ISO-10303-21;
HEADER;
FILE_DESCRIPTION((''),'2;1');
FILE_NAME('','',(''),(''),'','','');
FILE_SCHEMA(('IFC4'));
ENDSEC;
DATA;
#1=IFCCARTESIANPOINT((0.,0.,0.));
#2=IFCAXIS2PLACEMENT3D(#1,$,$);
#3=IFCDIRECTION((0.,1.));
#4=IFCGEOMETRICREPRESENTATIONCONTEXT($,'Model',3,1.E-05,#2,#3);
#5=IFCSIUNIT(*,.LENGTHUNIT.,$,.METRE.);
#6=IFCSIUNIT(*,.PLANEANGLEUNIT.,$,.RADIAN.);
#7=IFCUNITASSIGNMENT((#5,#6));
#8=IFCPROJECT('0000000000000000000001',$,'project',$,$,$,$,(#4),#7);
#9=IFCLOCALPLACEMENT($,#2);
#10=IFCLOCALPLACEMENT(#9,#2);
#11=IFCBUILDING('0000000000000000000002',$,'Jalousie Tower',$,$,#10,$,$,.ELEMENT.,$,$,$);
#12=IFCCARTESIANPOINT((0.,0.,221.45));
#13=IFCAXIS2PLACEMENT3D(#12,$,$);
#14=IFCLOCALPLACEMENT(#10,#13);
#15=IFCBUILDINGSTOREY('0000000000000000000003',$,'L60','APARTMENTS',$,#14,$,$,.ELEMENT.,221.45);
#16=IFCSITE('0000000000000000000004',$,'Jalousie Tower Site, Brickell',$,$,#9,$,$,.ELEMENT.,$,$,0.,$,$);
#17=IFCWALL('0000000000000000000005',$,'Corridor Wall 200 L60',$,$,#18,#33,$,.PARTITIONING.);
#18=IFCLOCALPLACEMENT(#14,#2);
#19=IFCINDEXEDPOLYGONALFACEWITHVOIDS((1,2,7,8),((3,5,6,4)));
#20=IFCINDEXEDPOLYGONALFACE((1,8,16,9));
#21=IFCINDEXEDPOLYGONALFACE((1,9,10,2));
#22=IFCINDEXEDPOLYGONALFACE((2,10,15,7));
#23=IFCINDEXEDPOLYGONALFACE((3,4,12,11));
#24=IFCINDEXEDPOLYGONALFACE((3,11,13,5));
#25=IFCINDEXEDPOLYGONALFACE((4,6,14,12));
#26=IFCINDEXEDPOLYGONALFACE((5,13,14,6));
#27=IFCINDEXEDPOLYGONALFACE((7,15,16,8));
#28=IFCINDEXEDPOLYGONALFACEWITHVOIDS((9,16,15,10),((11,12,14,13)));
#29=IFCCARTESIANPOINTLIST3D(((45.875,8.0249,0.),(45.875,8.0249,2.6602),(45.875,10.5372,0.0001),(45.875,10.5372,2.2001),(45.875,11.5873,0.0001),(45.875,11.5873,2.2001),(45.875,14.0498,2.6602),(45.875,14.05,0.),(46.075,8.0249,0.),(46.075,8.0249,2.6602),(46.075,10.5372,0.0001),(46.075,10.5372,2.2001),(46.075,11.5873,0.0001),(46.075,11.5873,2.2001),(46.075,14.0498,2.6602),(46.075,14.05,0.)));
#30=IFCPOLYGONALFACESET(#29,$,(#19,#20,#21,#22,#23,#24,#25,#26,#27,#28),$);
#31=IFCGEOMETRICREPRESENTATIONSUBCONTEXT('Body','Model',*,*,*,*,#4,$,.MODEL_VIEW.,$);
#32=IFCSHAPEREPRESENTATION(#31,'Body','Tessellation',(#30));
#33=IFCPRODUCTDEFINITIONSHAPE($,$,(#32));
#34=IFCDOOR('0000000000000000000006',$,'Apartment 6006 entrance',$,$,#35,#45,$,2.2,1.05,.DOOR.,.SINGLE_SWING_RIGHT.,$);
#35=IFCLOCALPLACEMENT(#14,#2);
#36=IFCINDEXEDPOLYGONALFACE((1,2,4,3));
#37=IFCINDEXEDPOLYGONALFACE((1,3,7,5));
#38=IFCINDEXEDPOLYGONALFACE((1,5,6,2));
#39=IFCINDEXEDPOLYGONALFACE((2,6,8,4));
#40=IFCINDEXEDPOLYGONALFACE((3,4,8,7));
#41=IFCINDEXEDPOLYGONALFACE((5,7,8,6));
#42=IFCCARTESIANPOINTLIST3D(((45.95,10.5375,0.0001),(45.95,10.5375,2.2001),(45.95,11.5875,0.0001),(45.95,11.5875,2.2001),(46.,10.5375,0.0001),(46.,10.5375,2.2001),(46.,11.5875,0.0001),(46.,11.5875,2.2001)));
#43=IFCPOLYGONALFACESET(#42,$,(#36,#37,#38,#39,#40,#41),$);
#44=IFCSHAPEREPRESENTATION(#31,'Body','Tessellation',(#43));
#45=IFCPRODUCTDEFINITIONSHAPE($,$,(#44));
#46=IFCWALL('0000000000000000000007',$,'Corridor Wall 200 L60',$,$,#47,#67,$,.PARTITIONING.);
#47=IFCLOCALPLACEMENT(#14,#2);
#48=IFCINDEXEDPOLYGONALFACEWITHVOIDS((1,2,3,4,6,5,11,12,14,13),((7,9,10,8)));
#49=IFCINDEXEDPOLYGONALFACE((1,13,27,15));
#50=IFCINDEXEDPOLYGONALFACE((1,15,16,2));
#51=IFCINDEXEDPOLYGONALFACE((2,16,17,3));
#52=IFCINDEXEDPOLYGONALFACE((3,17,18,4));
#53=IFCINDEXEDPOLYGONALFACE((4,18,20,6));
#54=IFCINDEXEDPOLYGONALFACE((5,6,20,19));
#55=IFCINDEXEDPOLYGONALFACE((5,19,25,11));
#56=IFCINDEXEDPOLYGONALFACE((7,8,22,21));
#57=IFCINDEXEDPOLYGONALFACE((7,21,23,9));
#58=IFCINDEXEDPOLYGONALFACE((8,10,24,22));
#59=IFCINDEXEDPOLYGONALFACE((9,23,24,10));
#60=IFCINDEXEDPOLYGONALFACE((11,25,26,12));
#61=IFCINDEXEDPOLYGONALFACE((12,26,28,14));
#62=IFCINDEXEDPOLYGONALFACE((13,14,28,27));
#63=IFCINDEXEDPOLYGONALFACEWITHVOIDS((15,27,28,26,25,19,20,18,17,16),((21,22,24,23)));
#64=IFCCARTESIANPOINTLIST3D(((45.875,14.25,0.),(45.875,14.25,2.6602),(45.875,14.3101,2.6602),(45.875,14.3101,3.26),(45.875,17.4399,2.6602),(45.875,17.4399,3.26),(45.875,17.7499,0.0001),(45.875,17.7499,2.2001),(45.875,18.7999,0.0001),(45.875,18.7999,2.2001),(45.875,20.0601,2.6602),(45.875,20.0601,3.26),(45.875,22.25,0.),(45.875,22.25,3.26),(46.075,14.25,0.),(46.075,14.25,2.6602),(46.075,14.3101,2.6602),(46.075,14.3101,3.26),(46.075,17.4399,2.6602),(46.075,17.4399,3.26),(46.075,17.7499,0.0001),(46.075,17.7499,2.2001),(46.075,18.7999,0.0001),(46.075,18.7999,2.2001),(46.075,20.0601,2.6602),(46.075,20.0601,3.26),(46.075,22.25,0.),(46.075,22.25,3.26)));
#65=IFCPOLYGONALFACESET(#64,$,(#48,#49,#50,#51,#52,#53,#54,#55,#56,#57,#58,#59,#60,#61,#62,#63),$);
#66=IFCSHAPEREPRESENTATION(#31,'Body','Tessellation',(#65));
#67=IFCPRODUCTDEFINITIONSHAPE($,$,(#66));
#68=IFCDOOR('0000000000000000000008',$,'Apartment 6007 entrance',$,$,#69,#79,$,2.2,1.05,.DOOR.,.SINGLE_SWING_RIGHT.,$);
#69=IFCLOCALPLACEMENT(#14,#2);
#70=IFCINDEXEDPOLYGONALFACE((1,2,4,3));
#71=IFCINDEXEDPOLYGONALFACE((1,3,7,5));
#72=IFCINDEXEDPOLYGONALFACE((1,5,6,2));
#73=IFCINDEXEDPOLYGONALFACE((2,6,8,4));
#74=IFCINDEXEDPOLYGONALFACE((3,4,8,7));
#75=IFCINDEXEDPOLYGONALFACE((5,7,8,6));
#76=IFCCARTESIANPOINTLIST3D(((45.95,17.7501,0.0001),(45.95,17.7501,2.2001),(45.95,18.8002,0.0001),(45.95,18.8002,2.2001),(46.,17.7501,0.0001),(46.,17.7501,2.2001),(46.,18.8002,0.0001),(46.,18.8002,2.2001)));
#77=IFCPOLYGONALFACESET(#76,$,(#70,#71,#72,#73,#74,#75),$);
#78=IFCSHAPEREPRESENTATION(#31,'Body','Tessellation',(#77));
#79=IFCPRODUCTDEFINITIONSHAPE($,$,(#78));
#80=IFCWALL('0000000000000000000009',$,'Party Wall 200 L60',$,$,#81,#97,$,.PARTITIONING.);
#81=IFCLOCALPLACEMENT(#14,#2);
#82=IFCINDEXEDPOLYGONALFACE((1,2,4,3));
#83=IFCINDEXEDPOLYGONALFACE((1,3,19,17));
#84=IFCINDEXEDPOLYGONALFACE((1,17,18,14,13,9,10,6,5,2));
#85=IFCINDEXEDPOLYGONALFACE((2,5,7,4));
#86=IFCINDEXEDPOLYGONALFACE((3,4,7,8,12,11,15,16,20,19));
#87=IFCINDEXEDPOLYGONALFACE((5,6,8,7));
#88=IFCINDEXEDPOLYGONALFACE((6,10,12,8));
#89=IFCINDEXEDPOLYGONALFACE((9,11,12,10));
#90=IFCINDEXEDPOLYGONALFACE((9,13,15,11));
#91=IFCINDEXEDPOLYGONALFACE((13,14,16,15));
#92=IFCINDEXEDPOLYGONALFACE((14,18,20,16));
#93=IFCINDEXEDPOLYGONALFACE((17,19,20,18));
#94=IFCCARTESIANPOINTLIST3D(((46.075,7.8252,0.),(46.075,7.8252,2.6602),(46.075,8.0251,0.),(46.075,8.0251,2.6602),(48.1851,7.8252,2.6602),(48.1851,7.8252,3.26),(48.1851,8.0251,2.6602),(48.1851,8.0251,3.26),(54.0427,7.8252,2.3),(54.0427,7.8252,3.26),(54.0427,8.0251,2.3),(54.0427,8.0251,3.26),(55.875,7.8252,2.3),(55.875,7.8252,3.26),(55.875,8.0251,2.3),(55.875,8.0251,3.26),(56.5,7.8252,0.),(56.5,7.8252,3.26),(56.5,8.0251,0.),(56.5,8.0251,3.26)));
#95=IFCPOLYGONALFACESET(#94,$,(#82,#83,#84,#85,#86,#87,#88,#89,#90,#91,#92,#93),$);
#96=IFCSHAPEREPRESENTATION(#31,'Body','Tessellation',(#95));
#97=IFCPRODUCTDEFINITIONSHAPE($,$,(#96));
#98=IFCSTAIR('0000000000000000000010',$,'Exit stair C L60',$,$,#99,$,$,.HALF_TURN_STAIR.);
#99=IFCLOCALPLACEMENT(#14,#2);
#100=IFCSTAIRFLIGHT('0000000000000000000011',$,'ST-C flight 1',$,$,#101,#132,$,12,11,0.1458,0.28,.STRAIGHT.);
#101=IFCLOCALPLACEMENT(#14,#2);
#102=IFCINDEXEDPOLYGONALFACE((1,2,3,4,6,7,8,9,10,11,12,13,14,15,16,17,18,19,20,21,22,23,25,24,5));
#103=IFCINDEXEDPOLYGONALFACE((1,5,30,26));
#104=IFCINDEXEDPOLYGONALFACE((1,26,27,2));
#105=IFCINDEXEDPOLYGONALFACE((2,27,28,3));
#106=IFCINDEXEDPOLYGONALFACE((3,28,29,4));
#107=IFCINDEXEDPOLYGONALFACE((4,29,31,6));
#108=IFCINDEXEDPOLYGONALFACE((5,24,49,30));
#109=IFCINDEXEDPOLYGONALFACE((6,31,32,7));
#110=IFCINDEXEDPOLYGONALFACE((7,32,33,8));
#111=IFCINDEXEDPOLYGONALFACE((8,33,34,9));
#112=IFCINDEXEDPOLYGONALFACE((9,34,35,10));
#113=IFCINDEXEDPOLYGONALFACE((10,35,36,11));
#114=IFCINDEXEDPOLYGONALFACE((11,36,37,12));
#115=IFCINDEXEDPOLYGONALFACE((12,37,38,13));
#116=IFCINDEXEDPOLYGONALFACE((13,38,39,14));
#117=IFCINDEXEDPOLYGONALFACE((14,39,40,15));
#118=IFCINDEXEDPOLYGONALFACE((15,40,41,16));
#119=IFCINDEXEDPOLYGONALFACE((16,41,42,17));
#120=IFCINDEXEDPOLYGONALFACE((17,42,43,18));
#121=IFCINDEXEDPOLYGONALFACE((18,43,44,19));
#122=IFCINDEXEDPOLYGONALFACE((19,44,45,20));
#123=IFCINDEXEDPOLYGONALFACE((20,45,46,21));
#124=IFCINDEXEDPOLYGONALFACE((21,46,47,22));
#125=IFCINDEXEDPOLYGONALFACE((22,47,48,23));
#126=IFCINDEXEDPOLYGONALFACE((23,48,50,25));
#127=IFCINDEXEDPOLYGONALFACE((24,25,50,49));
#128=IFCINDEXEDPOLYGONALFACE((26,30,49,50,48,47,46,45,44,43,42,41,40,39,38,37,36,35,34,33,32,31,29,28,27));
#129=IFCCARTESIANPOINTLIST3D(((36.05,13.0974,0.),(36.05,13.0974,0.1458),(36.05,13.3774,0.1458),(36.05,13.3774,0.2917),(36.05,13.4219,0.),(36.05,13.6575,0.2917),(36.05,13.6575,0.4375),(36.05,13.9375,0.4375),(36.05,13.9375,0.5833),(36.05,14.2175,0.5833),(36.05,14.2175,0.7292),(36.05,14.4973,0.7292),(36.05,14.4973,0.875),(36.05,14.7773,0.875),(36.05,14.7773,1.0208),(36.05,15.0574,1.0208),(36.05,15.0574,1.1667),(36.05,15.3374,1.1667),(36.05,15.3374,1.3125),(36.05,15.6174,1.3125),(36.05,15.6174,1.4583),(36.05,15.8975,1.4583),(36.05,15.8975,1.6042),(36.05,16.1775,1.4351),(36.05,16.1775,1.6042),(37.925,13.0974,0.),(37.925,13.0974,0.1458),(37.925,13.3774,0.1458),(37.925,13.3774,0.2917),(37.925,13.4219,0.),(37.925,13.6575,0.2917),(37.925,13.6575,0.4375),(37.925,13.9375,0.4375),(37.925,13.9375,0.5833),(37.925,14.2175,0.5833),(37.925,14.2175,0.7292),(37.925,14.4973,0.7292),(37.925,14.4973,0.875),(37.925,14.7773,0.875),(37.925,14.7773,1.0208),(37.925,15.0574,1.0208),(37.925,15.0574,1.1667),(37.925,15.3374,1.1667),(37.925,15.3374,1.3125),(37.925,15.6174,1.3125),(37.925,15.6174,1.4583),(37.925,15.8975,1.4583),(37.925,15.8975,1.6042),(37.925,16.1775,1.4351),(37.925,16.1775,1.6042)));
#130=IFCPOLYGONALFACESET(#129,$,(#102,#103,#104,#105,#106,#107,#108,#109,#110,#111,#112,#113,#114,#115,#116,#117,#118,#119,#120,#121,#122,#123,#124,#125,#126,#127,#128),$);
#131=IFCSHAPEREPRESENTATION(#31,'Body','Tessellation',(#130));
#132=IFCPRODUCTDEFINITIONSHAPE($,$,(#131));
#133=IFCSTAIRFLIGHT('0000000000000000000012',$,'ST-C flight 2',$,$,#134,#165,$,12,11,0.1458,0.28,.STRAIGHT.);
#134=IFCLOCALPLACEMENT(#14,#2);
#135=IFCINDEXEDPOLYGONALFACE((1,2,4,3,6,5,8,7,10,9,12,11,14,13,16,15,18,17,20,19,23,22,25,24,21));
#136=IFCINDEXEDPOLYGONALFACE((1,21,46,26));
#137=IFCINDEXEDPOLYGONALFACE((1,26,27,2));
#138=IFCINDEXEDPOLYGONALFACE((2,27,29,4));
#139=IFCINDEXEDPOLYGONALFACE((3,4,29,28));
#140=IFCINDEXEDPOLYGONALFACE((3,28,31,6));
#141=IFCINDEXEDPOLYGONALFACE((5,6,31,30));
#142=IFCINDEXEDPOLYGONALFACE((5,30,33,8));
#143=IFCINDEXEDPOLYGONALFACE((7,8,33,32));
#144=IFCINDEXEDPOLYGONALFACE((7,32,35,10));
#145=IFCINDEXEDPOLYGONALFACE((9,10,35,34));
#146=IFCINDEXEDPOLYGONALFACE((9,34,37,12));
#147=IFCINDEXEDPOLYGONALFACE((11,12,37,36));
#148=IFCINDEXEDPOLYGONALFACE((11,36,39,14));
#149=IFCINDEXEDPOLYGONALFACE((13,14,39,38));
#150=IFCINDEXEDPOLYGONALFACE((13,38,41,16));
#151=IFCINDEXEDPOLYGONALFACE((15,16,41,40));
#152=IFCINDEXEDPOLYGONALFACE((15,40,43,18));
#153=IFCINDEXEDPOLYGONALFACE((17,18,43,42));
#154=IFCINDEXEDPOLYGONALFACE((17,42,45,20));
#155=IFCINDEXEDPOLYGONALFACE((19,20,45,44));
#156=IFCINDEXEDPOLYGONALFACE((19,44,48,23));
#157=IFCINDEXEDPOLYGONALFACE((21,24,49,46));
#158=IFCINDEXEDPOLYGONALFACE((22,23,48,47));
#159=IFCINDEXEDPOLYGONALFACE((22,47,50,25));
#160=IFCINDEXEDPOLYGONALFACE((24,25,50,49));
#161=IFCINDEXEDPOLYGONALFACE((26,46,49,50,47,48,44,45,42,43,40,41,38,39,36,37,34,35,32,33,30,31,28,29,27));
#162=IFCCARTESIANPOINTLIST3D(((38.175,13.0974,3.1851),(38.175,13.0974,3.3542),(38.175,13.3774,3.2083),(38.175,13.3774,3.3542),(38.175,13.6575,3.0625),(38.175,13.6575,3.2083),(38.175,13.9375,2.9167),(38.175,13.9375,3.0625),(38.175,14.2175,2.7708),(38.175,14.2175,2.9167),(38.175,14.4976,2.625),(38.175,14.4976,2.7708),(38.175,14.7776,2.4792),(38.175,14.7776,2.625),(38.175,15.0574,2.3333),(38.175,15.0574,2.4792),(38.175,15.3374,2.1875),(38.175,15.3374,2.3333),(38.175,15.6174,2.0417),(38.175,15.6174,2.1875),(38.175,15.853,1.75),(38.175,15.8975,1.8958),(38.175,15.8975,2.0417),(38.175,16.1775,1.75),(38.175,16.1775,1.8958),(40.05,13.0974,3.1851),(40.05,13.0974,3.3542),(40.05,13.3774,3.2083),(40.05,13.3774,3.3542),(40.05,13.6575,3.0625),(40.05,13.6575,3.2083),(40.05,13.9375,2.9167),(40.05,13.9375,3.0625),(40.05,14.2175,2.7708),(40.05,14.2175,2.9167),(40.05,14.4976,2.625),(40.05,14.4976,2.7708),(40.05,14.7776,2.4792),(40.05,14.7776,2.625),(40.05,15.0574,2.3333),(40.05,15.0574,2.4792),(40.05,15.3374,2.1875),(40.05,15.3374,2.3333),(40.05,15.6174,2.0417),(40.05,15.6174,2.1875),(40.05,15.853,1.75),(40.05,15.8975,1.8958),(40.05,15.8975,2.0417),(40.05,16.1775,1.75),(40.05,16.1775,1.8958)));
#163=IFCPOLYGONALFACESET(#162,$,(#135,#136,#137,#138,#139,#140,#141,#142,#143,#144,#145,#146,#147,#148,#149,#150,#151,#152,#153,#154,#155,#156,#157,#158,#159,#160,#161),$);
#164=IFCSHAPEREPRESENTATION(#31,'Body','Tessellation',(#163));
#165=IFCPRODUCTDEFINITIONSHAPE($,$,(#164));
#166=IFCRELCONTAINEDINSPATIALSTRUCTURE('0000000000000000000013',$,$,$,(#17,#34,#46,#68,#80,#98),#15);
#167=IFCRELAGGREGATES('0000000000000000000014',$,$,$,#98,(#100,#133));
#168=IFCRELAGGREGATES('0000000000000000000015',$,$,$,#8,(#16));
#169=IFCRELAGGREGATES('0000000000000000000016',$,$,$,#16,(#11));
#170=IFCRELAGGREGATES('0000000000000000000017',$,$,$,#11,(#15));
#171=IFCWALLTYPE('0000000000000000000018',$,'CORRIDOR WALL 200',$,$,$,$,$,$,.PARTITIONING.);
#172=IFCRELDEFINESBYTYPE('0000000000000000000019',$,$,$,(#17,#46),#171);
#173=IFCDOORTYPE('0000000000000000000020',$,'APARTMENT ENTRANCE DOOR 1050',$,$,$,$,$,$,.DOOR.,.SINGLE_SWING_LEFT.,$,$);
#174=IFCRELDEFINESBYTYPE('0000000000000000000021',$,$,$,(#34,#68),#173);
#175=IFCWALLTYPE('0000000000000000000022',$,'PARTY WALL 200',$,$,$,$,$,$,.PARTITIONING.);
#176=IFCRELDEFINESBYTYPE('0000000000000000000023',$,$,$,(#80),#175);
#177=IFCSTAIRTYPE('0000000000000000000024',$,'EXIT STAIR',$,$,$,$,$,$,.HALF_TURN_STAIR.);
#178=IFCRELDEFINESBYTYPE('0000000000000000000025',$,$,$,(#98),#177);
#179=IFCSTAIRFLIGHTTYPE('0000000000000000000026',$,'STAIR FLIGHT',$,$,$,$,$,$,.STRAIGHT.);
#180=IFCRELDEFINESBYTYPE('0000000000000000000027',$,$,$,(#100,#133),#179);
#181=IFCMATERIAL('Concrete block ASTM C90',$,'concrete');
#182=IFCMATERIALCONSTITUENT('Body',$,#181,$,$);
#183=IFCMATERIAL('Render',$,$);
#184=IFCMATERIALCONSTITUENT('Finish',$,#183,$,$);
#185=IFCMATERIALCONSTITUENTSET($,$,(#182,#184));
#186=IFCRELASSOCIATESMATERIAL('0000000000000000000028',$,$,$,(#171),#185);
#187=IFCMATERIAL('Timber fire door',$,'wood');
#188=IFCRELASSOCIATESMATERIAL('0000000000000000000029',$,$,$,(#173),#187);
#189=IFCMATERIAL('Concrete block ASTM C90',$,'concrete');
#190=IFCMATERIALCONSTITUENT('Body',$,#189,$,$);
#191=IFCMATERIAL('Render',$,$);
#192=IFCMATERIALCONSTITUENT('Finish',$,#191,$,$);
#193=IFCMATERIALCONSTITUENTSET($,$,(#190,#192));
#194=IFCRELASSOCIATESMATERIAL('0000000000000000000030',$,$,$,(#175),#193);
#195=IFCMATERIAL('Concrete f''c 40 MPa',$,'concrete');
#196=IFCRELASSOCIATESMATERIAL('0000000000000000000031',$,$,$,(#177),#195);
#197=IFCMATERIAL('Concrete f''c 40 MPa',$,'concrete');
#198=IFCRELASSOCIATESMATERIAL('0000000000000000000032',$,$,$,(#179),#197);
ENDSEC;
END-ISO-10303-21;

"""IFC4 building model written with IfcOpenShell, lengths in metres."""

from ifc_helpers import new_model, si_unit, direction, frame, frame_2d, origin, place, context, subcontext, project, spatial, polyline, rectangle, outline, extrude, material, constituent, constituent_set, type_object, element, fill, aggregate, save


model = new_model("IFC4")

# Units and contexts
model_context = context("Model", 3, precision=1e-05, world=origin(), true_north=direction((0.0, 1.0)))
body_context = subcontext(model_context, "Body", "Model", "MODEL_VIEW")
ifc_project = project(units=[si_unit("LENGTHUNIT", "METRE"), si_unit("PLANEANGLEUNIT", "RADIAN")], contexts=[model_context])

# Site, building, storey
site_placement = place(None, origin())
site = spatial("IfcSite", under=ifc_project, at=site_placement, Name="Jalousie Tower Site, Brickell", CompositionType="ELEMENT", RefElevation=0.0)
building_placement = place(site_placement, origin())
building = spatial("IfcBuilding", under=site, at=building_placement, Name="Jalousie Tower", CompositionType="ELEMENT")
storey_placement = place(building_placement, frame((0.0, 0.0, 221.45)))
storey = spatial("IfcBuildingStorey", under=building, at=storey_placement, Name="L60", Description="APARTMENTS", CompositionType="ELEMENT", Elevation=221.45)

# Walls, openings, doors
ifc_material_1 = material(Name="Concrete block ASTM C90", Category="concrete")
ifc_constituent_1 = constituent(ifc_material_1, Name="Body")
ifc_material_2 = material(Name="Render")
ifc_constituent_2 = constituent(ifc_material_2, Name="Finish")
ifc_constituent_set_1 = constituent_set(constituents=[ifc_constituent_1, ifc_constituent_2])
wall_type_1 = type_object("IfcWallType", Name="CORRIDOR WALL 200", PredefinedType="PARTITIONING", material=ifc_constituent_set_1)
ifc_material_3 = material(Name="Timber fire door", Category="wood")
door_type_1 = type_object("IfcDoorType", Name="APARTMENT ENTRANCE DOOR 1050", OperationType="SINGLE_SWING_LEFT", PredefinedType="DOOR", material=ifc_material_3)
wall_1_placement = place(storey_placement, frame((45.9751, 8.0249, 0.0), z_axis=(0.0, 0.0, 1.0), x_axis=(0.0, 1.0, 0.0)))
wall_1 = element("IfcWall", 1, at=wall_1_placement, inside=storey, type_object=wall_type_1, Name="Corridor Wall 200 L60", PredefinedType="PARTITIONING", context=body_context, shape_type="SweptSolid", body=[
    extrude(outline(polyline([(0.0, 0.0), (6.0251, 0.0), (6.0249, 3.26), (6.0249, 2.6602), (5.085, 2.6602), (0.0, 2.6602), (0.0, 3.26), (0.0, 0.0)])), frame((0.0, 0.1001, 0.0), z_axis=(0.0, -1.0, 0.0), x_axis=(1.0, 0.0, 0.0)), (0.0, 0.0, 1.0), 0.2),
])
opening_1_placement = place(wall_1_placement, frame((2.5125, 0.0, 0.0)))
opening_1 = element("IfcOpeningElement", 2, at=opening_1_placement, cuts=wall_1, PredefinedType="OPENING", context=body_context, shape_type="SweptSolid", body=[
    extrude(rectangle(XDim=1.05, YDim=2.2, at=frame_2d((0.5249, 1.1001))), frame((0.0, 0.1099, 0.0), z_axis=(0.0, -1.0, 0.0), x_axis=(1.0, 0.0, 0.0)), (0.0, 0.0, 1.0), 0.22),
])
door_1_placement = place(opening_1_placement, frame((1.05, 0.0, 0.0), z_axis=(0.0, 0.0, 1.0), x_axis=(-1.0, 0.0, 0.0)))
door_1 = element("IfcDoor", 3, at=door_1_placement, inside=storey, type_object=door_type_1, Name="Apartment 6006 entrance", OperationType="SINGLE_SWING_RIGHT", OverallHeight=2.2, OverallWidth=1.05, PredefinedType="DOOR", context=body_context, shape_type="SweptSolid", body=[
    extrude(rectangle(XDim=1.05, YDim=2.2, at=frame_2d((0.5249, 1.1001))), frame((0.0, 0.0249, 0.0), z_axis=(0.0, -1.0, 0.0), x_axis=(1.0, 0.0, 0.0)), (0.0, 0.0, 1.0), 0.05),
])
fill(opening_1, door_1)
wall_2_placement = place(storey_placement, frame((45.9751, 14.25, 0.0), z_axis=(0.0, 0.0, 1.0), x_axis=(0.0, 1.0, 0.0)))
wall_2 = element("IfcWall", 4, at=wall_2_placement, inside=storey, type_object=wall_type_1, Name="Corridor Wall 200 L60", PredefinedType="PARTITIONING", context=body_context, shape_type="SweptSolid", body=[
    extrude(outline(polyline([(0.0, 0.0), (8.0, 0.0), (8.0, 3.26), (5.8101, 3.26), (5.8101, 2.6602), (3.1899, 2.6602), (3.1899, 3.26), (0.0601, 3.26), (0.0601, 2.6602), (0.0, 2.6602), (0.0, 3.26), (0.0, 0.0)])), frame((0.0, 0.1001, 0.0), z_axis=(0.0, -1.0, 0.0), x_axis=(1.0, 0.0, 0.0)), (0.0, 0.0, 1.0), 0.2),
])
opening_2_placement = place(wall_2_placement, frame((3.5, 0.0, 0.0)))
opening_2 = element("IfcOpeningElement", 5, at=opening_2_placement, cuts=wall_2, PredefinedType="OPENING", context=body_context, shape_type="SweptSolid", body=[
    extrude(rectangle(XDim=1.05, YDim=2.2, at=frame_2d((0.5249, 1.1001))), frame((0.0, 0.1099, 0.0), z_axis=(0.0, -1.0, 0.0), x_axis=(1.0, 0.0, 0.0)), (0.0, 0.0, 1.0), 0.22),
])
door_2_placement = place(opening_2_placement, frame((1.05, 0.0, 0.0), z_axis=(0.0, 0.0, 1.0), x_axis=(-1.0, 0.0, 0.0)))
door_2 = element("IfcDoor", 6, at=door_2_placement, inside=storey, type_object=door_type_1, Name="Apartment 6007 entrance", OperationType="SINGLE_SWING_RIGHT", OverallHeight=2.2, OverallWidth=1.05, PredefinedType="DOOR", context=body_context, shape_type="SweptSolid", body=[
    extrude(rectangle(XDim=1.05, YDim=2.2, at=frame_2d((0.5249, 1.1001))), frame((0.0, 0.0249, 0.0), z_axis=(0.0, -1.0, 0.0), x_axis=(1.0, 0.0, 0.0)), (0.0, 0.0, 1.0), 0.05),
])
fill(opening_2, door_2)

# Wall
ifc_material_4 = material(Name="Concrete block ASTM C90", Category="concrete")
ifc_constituent_3 = constituent(ifc_material_4, Name="Body")
ifc_material_5 = material(Name="Render")
ifc_constituent_4 = constituent(ifc_material_5, Name="Finish")
ifc_constituent_set_2 = constituent_set(constituents=[ifc_constituent_3, ifc_constituent_4])
wall_type_2 = type_object("IfcWallType", Name="PARTY WALL 200", PredefinedType="PARTITIONING", material=ifc_constituent_set_2)
wall_3_placement = place(storey_placement, frame((46.075, 7.925, 0.0), z_axis=(0.0, 0.0, 1.0), x_axis=(1.0, 0.0, 0.0)))
element("IfcWall", 7, at=wall_3_placement, inside=storey, type_object=wall_type_2, Name="Party Wall 200 L60", PredefinedType="PARTITIONING", context=body_context, shape_type="SweptSolid", body=[
    extrude(outline(polyline([(0.0, 0.0), (10.425, 0.0), (10.425, 3.26), (9.8, 3.26), (9.8, 2.3), (7.9678, 2.3), (7.9678, 3.26), (2.1101, 3.26), (2.1101, 2.6602), (0.0, 2.6602), (0.0, 3.26), (0.0, 0.0)])), frame((0.0, 0.1001, 0.0), z_axis=(0.0, -1.0, 0.0), x_axis=(1.0, 0.0, 0.0)), (0.0, 0.0, 1.0), 0.2),
])

# Stair, stair flights
ifc_material_6 = material(Name="Concrete f'c 40 MPa", Category="concrete")
stair_type = type_object("IfcStairType", Name="EXIT STAIR", PredefinedType="HALF_TURN_STAIR", material=ifc_material_6)
stair_placement = place(storey_placement, origin())
stair = element("IfcStair", 8, at=stair_placement, inside=storey, type_object=stair_type, Name="Exit stair C L60", PredefinedType="HALF_TURN_STAIR")
ifc_material_7 = material(Name="Concrete f'c 40 MPa", Category="concrete")
stair_flight_type = type_object("IfcStairFlightType", Name="STAIR FLIGHT", PredefinedType="STRAIGHT", material=ifc_material_7)
stair_flight_1_placement = place(storey_placement, frame((36.9875, 13.0974, 0.0), z_axis=(0.0, 0.0, 1.0), x_axis=(0.0, 1.0, 0.0)))
stair_flight_1 = element("IfcStairFlight", 9, at=stair_flight_1_placement, type_object=stair_flight_type, Name="ST-C flight 1", NumberOfRisers=12, NumberOfTreads=11, PredefinedType="STRAIGHT", RiserHeight=0.1458, TreadLength=0.28, context=body_context, shape_type="SweptSolid", body=[
    extrude(outline(polyline([(0.0, 0.0), (0.0, 0.1458), (0.28, 0.1458), (0.28, 0.2917), (0.5601, 0.2917), (0.5601, 0.4375), (0.8401, 0.4375), (0.8401, 0.5833), (1.1201, 0.5833), (1.1201, 0.7292), (1.3999, 0.7292), (1.3999, 0.875), (1.6799, 0.875), (1.6799, 1.0208), (1.96, 1.0208), (1.96, 1.1667), (2.24, 1.1667), (2.24, 1.3125), (2.52, 1.3125), (2.52, 1.4583), (2.8, 1.4583), (2.8, 1.6042), (3.0801, 1.6042), (3.0801, 1.75), (3.0801, 1.4351), (0.3245, 0.0), (0.0, 0.0)])), frame((0.0, 0.9375, 0.0), z_axis=(0.0, -1.0, 0.0), x_axis=(1.0, 0.0, 0.0)), (0.0, 0.0, 1.0), 1.875),
])
stair_flight_2_placement = place(storey_placement, frame((39.1125, 16.1775, 1.75), z_axis=(0.0, 0.0, 1.0), x_axis=(0.0, -1.0, 0.0)))
stair_flight_2 = element("IfcStairFlight", 10, at=stair_flight_2_placement, type_object=stair_flight_type, Name="ST-C flight 2", NumberOfRisers=12, NumberOfTreads=11, PredefinedType="STRAIGHT", RiserHeight=0.1458, TreadLength=0.28, context=body_context, shape_type="SweptSolid", body=[
    extrude(outline(polyline([(0.0, 0.0), (0.0, 0.1458), (0.28, 0.1458), (0.28, 0.2917), (0.5601, 0.2917), (0.5601, 0.4375), (0.8401, 0.4375), (0.8401, 0.5833), (1.1201, 0.5833), (1.1201, 0.7292), (1.3999, 0.7292), (1.3999, 0.875), (1.6799, 0.875), (1.6799, 1.0208), (1.96, 1.0208), (1.96, 1.1667), (2.24, 1.1667), (2.24, 1.3125), (2.52, 1.3125), (2.52, 1.4583), (2.8, 1.4583), (2.8, 1.6042), (3.0801, 1.6042), (3.0801, 1.75), (3.0801, 1.4351), (0.3245, 0.0), (0.0, 0.0)])), frame((0.0, 0.9375, 0.0), z_axis=(0.0, -1.0, 0.0), x_axis=(1.0, 0.0, 0.0)), (0.0, 0.0, 1.0), 1.875),
])
aggregate(stair, [stair_flight_1, stair_flight_2])

save(model, "model.ifc")
